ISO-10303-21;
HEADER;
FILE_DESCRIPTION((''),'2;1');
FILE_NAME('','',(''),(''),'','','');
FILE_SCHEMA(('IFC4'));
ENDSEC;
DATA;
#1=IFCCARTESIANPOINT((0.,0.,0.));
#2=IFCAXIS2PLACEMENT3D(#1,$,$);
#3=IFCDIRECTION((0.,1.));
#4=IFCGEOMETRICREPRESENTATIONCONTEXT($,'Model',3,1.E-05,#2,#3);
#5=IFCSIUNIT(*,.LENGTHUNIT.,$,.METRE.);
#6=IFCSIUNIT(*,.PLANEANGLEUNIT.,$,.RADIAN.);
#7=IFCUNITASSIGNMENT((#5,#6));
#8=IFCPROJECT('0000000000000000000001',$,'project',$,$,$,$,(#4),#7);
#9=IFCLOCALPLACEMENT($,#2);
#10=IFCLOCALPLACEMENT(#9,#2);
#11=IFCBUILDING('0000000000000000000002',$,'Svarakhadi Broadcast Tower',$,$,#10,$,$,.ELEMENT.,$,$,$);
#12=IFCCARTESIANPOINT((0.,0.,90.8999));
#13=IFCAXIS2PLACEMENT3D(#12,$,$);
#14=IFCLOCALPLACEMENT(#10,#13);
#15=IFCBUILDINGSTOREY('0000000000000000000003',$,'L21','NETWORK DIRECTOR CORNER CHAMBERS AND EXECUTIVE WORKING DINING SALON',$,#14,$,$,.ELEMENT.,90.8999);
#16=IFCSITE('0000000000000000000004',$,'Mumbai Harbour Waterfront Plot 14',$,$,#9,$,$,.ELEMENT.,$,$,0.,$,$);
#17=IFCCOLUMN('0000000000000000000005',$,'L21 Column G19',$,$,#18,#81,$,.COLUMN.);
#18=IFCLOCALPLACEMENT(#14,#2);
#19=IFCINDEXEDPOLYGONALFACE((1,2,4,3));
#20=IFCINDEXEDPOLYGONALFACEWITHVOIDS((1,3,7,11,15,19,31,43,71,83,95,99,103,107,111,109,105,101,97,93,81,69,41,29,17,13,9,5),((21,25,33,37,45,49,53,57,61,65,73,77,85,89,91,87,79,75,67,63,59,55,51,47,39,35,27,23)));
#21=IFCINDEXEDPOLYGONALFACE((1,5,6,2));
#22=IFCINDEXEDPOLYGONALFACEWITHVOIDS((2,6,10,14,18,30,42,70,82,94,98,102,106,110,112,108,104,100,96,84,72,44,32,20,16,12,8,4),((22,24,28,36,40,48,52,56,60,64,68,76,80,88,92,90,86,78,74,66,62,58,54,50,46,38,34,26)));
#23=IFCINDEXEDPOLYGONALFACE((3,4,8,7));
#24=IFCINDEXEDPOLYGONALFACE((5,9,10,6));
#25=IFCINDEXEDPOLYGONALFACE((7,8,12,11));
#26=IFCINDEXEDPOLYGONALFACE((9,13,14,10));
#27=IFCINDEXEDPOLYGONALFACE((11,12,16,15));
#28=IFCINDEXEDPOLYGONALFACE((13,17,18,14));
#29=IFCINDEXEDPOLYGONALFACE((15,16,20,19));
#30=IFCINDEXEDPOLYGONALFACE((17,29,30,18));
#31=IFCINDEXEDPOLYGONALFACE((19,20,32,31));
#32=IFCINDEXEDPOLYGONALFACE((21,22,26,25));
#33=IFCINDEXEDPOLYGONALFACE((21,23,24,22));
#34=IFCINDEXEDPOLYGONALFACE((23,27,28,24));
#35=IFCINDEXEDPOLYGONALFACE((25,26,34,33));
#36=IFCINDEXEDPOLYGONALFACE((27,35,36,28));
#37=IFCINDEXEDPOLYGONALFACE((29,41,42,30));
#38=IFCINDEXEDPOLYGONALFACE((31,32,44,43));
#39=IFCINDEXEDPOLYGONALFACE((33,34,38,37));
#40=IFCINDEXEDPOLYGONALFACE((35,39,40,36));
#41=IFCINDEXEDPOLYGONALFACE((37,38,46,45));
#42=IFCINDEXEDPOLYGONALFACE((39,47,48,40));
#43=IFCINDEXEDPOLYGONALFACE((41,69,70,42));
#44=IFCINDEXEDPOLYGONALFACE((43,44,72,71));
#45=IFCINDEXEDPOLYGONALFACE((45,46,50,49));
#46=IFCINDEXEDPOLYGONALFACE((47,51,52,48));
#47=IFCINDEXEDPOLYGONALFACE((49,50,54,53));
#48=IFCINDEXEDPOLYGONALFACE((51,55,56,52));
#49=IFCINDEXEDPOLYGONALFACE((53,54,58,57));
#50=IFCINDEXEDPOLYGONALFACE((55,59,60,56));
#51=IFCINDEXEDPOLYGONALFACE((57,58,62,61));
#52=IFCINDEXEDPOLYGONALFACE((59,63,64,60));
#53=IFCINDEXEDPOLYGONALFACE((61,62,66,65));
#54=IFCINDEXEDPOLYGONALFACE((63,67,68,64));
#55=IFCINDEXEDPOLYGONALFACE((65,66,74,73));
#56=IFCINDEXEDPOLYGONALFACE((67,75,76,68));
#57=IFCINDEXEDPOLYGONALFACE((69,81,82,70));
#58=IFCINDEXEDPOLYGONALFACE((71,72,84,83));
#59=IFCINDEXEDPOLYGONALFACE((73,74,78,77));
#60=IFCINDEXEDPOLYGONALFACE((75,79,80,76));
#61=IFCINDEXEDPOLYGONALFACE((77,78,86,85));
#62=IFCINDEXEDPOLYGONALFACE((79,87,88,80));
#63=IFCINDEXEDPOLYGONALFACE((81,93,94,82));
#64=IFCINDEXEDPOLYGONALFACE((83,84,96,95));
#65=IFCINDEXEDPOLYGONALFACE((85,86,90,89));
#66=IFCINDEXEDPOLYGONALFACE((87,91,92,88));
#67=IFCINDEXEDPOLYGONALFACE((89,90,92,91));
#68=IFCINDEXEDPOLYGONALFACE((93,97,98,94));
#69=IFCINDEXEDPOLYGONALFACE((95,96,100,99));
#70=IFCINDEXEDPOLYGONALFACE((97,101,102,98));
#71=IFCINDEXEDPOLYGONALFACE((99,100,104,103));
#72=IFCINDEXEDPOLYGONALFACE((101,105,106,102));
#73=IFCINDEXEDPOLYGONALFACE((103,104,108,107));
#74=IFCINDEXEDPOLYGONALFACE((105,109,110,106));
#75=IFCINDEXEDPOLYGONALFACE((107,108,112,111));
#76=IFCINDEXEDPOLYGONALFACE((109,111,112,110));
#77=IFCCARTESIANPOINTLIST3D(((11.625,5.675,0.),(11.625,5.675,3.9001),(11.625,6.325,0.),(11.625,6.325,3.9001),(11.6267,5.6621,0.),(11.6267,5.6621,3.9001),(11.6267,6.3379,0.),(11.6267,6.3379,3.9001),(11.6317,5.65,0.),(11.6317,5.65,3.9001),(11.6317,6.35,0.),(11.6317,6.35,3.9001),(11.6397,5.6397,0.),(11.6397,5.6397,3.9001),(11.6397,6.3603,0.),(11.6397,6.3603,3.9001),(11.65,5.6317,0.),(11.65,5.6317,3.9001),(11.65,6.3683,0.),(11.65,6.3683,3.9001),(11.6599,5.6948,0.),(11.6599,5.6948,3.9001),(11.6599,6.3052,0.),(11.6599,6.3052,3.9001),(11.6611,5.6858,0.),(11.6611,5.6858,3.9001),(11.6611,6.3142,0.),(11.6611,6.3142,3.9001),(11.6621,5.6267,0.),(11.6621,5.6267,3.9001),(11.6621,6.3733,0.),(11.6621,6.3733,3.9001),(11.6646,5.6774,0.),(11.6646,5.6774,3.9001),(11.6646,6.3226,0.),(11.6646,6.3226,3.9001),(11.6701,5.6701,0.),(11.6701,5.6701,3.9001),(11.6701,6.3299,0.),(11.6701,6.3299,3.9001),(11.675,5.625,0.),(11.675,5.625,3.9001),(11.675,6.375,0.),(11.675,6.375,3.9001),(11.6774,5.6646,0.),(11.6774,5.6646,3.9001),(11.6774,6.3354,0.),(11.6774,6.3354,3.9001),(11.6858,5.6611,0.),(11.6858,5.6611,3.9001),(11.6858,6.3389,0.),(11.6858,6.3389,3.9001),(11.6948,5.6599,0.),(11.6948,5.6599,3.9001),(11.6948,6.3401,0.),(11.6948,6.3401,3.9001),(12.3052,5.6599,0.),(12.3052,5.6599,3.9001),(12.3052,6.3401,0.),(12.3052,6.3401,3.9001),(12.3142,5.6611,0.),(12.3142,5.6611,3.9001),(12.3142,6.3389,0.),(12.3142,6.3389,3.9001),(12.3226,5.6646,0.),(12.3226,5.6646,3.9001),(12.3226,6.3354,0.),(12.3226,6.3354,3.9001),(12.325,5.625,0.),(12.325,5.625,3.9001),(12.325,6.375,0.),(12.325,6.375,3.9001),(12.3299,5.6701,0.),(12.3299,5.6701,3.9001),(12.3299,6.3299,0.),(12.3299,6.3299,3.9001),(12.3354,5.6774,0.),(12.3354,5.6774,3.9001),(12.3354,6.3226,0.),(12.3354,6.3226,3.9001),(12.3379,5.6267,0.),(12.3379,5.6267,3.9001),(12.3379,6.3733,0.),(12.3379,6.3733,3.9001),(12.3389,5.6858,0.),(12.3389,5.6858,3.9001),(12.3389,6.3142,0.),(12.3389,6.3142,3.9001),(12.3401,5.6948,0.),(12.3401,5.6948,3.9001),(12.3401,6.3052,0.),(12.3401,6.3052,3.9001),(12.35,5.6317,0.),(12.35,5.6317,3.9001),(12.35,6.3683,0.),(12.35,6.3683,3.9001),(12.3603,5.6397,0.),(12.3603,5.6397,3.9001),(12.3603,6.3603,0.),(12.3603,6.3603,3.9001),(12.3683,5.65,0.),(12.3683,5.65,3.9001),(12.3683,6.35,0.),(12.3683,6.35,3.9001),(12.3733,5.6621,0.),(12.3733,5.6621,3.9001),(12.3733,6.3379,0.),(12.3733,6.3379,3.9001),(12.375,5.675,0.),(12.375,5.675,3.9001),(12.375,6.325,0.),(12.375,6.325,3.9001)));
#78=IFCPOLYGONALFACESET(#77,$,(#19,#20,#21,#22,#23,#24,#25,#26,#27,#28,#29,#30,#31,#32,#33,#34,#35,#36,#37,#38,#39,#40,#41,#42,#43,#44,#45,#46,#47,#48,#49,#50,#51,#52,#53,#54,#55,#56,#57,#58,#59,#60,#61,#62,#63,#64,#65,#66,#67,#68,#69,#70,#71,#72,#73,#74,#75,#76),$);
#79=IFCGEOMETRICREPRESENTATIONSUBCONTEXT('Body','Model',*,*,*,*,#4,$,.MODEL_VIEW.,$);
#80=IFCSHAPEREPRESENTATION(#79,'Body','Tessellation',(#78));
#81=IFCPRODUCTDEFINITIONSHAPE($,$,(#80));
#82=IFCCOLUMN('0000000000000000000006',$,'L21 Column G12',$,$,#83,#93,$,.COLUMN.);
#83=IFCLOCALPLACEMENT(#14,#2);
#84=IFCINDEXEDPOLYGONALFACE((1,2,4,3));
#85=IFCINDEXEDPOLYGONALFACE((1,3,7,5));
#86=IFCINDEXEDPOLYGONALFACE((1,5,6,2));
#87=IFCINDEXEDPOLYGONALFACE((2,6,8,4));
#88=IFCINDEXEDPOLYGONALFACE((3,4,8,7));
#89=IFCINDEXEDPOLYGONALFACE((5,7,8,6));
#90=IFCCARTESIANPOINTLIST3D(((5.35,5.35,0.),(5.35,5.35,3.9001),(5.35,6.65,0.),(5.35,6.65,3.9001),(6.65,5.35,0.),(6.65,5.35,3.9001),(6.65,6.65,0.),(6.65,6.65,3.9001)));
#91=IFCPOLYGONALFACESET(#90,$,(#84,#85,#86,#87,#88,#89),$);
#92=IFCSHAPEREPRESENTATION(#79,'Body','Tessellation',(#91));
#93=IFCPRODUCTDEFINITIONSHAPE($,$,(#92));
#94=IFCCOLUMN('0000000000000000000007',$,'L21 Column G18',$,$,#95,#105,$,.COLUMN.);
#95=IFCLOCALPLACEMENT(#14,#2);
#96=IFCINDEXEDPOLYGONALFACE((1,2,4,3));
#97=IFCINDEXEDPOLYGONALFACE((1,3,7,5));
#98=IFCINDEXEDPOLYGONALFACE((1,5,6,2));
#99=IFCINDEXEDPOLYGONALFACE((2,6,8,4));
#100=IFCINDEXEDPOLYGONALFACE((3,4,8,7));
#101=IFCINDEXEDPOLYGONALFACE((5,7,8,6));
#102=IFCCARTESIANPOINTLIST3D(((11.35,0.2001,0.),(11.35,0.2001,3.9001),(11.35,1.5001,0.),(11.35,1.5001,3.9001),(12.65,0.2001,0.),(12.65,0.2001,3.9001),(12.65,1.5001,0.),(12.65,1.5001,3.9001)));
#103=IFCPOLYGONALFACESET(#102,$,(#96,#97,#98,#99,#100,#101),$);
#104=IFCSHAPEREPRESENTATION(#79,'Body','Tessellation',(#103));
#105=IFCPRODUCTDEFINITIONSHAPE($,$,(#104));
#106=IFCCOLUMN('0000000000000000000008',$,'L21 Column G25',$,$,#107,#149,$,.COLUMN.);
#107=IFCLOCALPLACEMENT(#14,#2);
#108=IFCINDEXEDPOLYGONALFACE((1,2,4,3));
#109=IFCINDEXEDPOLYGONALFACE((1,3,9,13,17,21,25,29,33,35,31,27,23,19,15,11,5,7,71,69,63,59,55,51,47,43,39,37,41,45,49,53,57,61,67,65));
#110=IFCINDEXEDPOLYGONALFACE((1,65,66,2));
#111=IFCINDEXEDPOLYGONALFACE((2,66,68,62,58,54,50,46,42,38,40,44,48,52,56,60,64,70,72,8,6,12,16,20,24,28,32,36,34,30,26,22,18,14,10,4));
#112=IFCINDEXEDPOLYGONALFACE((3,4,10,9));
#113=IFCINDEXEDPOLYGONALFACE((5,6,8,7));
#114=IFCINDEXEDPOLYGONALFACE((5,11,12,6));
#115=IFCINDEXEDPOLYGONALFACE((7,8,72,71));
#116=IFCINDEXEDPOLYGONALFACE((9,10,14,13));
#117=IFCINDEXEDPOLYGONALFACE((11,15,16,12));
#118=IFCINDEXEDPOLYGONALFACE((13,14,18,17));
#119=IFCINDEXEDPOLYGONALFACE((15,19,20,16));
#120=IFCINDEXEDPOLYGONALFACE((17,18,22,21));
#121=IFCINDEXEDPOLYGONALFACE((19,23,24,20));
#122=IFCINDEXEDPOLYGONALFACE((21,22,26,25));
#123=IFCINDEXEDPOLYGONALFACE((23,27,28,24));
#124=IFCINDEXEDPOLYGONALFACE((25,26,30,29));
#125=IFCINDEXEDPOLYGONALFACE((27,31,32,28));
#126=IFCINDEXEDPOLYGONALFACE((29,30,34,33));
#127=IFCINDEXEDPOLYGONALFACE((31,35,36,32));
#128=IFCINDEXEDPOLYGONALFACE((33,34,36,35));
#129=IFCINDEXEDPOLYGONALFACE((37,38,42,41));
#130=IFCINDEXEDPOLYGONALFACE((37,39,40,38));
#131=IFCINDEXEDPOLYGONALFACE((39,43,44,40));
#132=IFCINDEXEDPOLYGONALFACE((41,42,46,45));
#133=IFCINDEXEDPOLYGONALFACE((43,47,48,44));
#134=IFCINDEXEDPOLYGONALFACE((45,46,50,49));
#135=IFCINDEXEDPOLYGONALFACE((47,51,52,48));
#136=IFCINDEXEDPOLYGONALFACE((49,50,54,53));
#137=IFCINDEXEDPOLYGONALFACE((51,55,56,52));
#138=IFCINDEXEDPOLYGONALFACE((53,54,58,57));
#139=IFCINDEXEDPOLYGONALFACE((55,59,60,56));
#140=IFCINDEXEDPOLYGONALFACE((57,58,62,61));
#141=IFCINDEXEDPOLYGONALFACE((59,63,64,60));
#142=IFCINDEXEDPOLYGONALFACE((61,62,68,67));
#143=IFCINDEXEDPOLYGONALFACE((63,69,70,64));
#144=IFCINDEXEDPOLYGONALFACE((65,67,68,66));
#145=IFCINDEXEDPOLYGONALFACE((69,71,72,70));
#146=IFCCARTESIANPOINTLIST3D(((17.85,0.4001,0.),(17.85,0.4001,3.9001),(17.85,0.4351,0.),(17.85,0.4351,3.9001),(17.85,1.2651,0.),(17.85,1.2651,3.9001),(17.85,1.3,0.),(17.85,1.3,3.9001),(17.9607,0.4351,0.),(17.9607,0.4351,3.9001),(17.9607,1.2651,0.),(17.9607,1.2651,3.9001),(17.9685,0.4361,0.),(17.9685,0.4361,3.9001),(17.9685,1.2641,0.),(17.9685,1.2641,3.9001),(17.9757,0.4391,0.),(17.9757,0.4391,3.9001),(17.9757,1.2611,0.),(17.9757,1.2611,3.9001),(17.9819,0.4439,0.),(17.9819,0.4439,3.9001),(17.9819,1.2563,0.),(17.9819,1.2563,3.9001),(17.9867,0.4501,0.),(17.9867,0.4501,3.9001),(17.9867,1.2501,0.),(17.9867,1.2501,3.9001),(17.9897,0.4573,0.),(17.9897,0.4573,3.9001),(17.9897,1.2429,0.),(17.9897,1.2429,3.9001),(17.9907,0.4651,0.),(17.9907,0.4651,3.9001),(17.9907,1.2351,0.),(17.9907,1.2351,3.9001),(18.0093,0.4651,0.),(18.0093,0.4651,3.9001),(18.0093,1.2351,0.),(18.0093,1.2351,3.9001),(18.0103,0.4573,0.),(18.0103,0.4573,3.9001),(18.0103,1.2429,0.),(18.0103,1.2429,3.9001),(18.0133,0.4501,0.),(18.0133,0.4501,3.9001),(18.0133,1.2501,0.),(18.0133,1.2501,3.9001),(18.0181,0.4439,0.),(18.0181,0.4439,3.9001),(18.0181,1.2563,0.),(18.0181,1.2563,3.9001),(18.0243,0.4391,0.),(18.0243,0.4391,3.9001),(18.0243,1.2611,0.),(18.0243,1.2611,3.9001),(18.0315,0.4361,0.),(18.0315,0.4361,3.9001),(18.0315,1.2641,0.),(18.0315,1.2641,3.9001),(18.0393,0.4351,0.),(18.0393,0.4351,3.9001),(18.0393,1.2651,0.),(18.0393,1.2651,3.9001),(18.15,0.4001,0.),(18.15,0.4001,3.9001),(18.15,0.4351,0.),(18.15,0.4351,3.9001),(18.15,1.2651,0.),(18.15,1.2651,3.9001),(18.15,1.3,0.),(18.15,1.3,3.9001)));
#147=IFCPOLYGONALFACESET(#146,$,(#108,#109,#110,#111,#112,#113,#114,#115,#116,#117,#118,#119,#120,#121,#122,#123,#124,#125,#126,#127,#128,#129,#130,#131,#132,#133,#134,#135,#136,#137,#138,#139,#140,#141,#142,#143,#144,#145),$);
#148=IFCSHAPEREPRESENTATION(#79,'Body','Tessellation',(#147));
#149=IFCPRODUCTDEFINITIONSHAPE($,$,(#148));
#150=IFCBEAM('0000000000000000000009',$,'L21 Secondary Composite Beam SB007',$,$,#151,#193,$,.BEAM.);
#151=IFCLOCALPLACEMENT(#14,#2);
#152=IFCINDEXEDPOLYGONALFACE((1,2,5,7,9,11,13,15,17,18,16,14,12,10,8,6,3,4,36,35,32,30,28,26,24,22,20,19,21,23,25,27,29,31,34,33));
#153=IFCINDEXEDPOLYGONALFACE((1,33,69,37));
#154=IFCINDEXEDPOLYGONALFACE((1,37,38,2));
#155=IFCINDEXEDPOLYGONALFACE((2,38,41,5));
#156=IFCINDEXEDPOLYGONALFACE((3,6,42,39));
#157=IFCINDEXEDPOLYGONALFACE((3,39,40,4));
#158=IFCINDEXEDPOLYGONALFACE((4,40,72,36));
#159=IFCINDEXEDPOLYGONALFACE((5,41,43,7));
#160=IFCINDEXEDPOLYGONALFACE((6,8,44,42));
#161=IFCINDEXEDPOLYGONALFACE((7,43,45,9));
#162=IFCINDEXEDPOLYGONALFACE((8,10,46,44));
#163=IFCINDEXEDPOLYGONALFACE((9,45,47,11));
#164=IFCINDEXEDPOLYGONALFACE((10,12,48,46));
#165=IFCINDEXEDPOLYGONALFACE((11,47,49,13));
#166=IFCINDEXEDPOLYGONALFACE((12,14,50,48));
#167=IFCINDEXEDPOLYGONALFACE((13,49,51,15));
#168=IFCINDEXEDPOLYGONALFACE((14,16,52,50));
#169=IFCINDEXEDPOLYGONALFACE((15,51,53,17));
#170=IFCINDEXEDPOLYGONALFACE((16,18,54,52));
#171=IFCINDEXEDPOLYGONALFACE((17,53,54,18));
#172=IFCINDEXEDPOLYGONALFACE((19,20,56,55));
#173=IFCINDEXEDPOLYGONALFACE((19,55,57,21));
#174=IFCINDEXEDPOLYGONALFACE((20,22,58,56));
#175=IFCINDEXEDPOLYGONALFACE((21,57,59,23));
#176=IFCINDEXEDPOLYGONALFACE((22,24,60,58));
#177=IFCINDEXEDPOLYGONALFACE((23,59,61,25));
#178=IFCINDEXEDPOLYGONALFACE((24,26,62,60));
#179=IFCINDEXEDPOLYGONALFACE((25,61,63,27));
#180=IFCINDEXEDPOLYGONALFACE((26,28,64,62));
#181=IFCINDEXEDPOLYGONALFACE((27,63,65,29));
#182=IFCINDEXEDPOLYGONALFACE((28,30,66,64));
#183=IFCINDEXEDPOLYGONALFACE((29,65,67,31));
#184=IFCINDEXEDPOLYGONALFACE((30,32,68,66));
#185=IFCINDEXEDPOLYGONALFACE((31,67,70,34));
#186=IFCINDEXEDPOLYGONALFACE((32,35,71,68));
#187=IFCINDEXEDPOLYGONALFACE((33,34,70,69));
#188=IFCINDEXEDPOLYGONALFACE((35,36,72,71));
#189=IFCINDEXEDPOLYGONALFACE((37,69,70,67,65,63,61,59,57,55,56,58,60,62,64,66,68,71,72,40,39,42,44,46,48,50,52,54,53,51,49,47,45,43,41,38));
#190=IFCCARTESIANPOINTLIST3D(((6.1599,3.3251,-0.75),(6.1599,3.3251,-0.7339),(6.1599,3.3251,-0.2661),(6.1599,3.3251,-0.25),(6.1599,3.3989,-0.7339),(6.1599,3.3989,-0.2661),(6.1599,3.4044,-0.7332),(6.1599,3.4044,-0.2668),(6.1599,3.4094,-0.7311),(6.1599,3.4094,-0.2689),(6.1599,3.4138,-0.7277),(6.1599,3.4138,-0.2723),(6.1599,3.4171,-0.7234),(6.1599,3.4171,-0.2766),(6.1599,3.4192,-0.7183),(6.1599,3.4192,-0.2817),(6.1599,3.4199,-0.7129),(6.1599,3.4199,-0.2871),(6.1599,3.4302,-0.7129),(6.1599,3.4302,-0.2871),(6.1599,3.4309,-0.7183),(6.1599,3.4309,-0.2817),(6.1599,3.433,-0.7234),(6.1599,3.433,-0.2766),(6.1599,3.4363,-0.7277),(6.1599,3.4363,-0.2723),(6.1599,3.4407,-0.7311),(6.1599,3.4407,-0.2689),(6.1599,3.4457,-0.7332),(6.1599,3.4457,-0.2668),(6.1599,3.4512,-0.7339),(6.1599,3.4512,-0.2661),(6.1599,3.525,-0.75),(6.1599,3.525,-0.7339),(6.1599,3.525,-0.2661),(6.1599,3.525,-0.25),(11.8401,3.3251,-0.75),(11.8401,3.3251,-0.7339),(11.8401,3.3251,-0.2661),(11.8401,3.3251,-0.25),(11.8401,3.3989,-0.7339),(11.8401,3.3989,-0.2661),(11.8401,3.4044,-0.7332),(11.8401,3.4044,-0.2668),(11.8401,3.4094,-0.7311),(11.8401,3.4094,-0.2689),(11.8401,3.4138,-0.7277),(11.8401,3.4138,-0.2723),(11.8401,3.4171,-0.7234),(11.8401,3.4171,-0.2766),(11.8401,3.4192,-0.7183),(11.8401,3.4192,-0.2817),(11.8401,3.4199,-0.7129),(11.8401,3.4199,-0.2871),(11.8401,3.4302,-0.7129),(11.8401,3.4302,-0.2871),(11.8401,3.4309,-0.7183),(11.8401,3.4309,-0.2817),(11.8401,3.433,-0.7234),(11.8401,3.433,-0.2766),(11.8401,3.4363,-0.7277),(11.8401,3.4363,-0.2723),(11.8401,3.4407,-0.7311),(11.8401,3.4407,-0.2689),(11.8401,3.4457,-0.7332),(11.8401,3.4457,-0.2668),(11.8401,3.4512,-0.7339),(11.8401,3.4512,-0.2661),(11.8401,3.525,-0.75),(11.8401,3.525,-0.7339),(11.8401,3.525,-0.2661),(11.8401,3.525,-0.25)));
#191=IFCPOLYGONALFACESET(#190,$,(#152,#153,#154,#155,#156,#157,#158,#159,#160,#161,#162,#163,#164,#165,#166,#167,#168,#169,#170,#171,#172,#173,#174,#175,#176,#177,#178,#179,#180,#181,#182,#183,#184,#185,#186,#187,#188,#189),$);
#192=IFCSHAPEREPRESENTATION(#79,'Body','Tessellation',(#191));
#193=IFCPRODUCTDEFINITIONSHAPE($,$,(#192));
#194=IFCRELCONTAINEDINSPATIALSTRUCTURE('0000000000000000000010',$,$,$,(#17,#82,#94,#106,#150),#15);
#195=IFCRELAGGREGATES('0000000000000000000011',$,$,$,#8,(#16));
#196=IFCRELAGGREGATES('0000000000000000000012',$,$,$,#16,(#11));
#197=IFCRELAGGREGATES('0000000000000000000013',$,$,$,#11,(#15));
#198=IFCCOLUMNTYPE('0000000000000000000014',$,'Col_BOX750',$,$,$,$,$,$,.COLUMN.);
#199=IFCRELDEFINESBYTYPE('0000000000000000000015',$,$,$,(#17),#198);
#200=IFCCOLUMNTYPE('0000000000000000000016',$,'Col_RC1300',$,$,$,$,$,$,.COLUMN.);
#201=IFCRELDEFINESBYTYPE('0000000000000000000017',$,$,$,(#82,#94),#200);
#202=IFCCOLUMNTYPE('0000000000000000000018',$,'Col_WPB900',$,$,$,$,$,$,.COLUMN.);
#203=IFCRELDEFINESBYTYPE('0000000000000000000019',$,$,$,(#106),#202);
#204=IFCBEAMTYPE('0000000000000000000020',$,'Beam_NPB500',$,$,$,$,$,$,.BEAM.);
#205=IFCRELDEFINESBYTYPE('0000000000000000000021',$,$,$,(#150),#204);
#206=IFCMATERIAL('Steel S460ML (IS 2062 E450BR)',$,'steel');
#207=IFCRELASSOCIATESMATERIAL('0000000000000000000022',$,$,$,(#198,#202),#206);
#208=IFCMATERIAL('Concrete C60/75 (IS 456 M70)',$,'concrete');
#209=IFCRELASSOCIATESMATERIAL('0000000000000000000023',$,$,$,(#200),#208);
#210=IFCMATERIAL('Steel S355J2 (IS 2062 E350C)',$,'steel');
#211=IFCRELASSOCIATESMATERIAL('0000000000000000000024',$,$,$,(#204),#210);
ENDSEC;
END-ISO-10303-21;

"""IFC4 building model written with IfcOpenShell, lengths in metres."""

from ifc_helpers import new_model, si_unit, direction, frame, origin, origin_2d, place, context, subcontext, project, spatial, rectangle, hollow_rectangle, i_section, extrude, material, material_profile, profile_set, type_object, element, save


model = new_model("IFC4")

# Units and contexts
model_context = context("Model", 3, precision=1e-05, world=origin(), true_north=direction((0.0, 1.0)))
body_context = subcontext(model_context, "Body", "Model", "MODEL_VIEW")
ifc_project = project(units=[si_unit("LENGTHUNIT", "METRE"), si_unit("PLANEANGLEUNIT", "RADIAN")], contexts=[model_context])

# Site, building, storey
site_placement = place(None, origin())
site = spatial("IfcSite", under=ifc_project, at=site_placement, Name="Mumbai Harbour Waterfront Plot 14", CompositionType="ELEMENT", RefElevation=0.0)
building_placement = place(site_placement, origin())
building = spatial("IfcBuilding", under=site, at=building_placement, Name="Svarakhadi Broadcast Tower", CompositionType="ELEMENT")
storey_placement = place(building_placement, frame((0.0, 0.0, 90.8999)))
storey = spatial("IfcBuildingStorey", under=building, at=storey_placement, Name="L21", Description="NETWORK DIRECTOR CORNER CHAMBERS AND EXECUTIVE WORKING DINING SALON", CompositionType="ELEMENT", Elevation=90.8999)

# Columns
ifc_material_1 = material(Name="Steel S460ML (IS 2062 E450BR)", Category="steel")
ifc_material_profile_1 = material_profile(ifc_material_1, hollow_rectangle(XDim=0.75, YDim=0.75, WallThickness=0.0349, InnerFilletRadius=0.0349, OuterFilletRadius=0.05, at=origin_2d()), Name="BOX 750x750x35")
ifc_profile_set_1 = profile_set([ifc_material_profile_1], Name="Steel S460ML (IS 2062 E450BR)")
column_type_1 = type_object("IfcColumnType", Name="Col_BOX750", PredefinedType="COLUMN", material=ifc_profile_set_1)
column_1_placement = place(storey_placement, frame((12.0, 6.0, 0.0), z_axis=(0.0, 0.0, 1.0), x_axis=(1.0, 0.0, 0.0)))
element("IfcColumn", 1, at=column_1_placement, inside=storey, type_object=column_type_1, Name="L21 Column G19", PredefinedType="COLUMN", context=body_context, shape_type="SweptSolid", body=[
    extrude(hollow_rectangle(XDim=0.75, YDim=0.75, WallThickness=0.0349, InnerFilletRadius=0.0349, OuterFilletRadius=0.05, at=origin_2d()), origin(), (0.0, 0.0, 1.0), 3.9001),
])
ifc_material_2 = material(Name="Concrete C60/75 (IS 456 M70)", Category="concrete")
ifc_material_profile_2 = material_profile(ifc_material_2, rectangle(XDim=1.3, YDim=1.3, at=origin_2d()), Name="RC 1300x1300")
ifc_profile_set_2 = profile_set([ifc_material_profile_2], Name="Concrete C60/75 (IS 456 M70)")
column_type_2 = type_object("IfcColumnType", Name="Col_RC1300", PredefinedType="COLUMN", material=ifc_profile_set_2)
for number, where, z_axis, x_axis, name in (
    (2, (6.0, 6.0, 0.0), (0.0, 0.0, 1.0), (1.0, 0.0, 0.0), "L21 Column G12"),
    (3, (12.0, 0.8501, 0.0), (0.0, 0.0, 1.0), (1.0, 0.0, 0.0), "L21 Column G18"),
):
    element("IfcColumn", number, at=place(storey_placement, frame(where, z_axis=z_axis, x_axis=x_axis)), inside=storey, type_object=column_type_2, Name=name, PredefinedType="COLUMN", context=body_context, shape_type="SweptSolid", body=[
        extrude(rectangle(XDim=1.3, YDim=1.3, at=origin_2d()), origin(), (0.0, 0.0, 1.0), 3.9001),
    ])
ifc_material_profile_3 = material_profile(ifc_material_1, i_section(OverallWidth=0.3, OverallDepth=0.8999, WebThickness=0.0186, FlangeThickness=0.0349, FilletRadius=0.03, at=origin_2d()), Name="WPB 900x300x291")
ifc_profile_set_3 = profile_set([ifc_material_profile_3], Name="Steel S460ML (IS 2062 E450BR)")
column_type_3 = type_object("IfcColumnType", Name="Col_WPB900", PredefinedType="COLUMN", material=ifc_profile_set_3)
column_2_placement = place(storey_placement, frame((18.0, 0.8501, 0.0), z_axis=(0.0, 0.0, 1.0), x_axis=(1.0, 0.0, 0.0)))
element("IfcColumn", 4, at=column_2_placement, inside=storey, type_object=column_type_3, Name="L21 Column G25", PredefinedType="COLUMN", context=body_context, shape_type="SweptSolid", body=[
    extrude(i_section(OverallWidth=0.3, OverallDepth=0.8999, WebThickness=0.0186, FlangeThickness=0.0349, FilletRadius=0.03, at=origin_2d()), origin(), (0.0, 0.0, 1.0), 3.9001),
])

# Beam
ifc_material_3 = material(Name="Steel S355J2 (IS 2062 E350C)", Category="steel")
ifc_material_profile_4 = material_profile(ifc_material_3, i_section(OverallWidth=0.2, OverallDepth=0.5, WebThickness=0.0103, FlangeThickness=0.0161, FilletRadius=0.021, at=origin_2d()), Name="NPB 500x200x91")
ifc_profile_set_4 = profile_set([ifc_material_profile_4], Name="Steel S355J2 (IS 2062 E350C)")
beam_type_1 = type_object("IfcBeamType", Name="Beam_NPB500", PredefinedType="BEAM", material=ifc_profile_set_4)
for number, where, z_axis, x_axis, name in (
    (5, (6.1599, 3.425, -0.5), (1.0, 0.0, 0.0), (0.0, 1.0, 0.0), "L21 Secondary Composite Beam SB007"),
):
    element("IfcBeam", number, at=place(storey_placement, frame(where, z_axis=z_axis, x_axis=x_axis)), inside=storey, type_object=beam_type_1, Name=name, PredefinedType="BEAM", context=body_context, shape_type="SweptSolid", body=[
        extrude(i_section(OverallWidth=0.2, OverallDepth=0.5, WebThickness=0.0103, FlangeThickness=0.0161, FilletRadius=0.021, at=origin_2d()), origin(), (0.0, 0.0, 1.0), 5.6802),
    ])

save(model, "model.ifc")
